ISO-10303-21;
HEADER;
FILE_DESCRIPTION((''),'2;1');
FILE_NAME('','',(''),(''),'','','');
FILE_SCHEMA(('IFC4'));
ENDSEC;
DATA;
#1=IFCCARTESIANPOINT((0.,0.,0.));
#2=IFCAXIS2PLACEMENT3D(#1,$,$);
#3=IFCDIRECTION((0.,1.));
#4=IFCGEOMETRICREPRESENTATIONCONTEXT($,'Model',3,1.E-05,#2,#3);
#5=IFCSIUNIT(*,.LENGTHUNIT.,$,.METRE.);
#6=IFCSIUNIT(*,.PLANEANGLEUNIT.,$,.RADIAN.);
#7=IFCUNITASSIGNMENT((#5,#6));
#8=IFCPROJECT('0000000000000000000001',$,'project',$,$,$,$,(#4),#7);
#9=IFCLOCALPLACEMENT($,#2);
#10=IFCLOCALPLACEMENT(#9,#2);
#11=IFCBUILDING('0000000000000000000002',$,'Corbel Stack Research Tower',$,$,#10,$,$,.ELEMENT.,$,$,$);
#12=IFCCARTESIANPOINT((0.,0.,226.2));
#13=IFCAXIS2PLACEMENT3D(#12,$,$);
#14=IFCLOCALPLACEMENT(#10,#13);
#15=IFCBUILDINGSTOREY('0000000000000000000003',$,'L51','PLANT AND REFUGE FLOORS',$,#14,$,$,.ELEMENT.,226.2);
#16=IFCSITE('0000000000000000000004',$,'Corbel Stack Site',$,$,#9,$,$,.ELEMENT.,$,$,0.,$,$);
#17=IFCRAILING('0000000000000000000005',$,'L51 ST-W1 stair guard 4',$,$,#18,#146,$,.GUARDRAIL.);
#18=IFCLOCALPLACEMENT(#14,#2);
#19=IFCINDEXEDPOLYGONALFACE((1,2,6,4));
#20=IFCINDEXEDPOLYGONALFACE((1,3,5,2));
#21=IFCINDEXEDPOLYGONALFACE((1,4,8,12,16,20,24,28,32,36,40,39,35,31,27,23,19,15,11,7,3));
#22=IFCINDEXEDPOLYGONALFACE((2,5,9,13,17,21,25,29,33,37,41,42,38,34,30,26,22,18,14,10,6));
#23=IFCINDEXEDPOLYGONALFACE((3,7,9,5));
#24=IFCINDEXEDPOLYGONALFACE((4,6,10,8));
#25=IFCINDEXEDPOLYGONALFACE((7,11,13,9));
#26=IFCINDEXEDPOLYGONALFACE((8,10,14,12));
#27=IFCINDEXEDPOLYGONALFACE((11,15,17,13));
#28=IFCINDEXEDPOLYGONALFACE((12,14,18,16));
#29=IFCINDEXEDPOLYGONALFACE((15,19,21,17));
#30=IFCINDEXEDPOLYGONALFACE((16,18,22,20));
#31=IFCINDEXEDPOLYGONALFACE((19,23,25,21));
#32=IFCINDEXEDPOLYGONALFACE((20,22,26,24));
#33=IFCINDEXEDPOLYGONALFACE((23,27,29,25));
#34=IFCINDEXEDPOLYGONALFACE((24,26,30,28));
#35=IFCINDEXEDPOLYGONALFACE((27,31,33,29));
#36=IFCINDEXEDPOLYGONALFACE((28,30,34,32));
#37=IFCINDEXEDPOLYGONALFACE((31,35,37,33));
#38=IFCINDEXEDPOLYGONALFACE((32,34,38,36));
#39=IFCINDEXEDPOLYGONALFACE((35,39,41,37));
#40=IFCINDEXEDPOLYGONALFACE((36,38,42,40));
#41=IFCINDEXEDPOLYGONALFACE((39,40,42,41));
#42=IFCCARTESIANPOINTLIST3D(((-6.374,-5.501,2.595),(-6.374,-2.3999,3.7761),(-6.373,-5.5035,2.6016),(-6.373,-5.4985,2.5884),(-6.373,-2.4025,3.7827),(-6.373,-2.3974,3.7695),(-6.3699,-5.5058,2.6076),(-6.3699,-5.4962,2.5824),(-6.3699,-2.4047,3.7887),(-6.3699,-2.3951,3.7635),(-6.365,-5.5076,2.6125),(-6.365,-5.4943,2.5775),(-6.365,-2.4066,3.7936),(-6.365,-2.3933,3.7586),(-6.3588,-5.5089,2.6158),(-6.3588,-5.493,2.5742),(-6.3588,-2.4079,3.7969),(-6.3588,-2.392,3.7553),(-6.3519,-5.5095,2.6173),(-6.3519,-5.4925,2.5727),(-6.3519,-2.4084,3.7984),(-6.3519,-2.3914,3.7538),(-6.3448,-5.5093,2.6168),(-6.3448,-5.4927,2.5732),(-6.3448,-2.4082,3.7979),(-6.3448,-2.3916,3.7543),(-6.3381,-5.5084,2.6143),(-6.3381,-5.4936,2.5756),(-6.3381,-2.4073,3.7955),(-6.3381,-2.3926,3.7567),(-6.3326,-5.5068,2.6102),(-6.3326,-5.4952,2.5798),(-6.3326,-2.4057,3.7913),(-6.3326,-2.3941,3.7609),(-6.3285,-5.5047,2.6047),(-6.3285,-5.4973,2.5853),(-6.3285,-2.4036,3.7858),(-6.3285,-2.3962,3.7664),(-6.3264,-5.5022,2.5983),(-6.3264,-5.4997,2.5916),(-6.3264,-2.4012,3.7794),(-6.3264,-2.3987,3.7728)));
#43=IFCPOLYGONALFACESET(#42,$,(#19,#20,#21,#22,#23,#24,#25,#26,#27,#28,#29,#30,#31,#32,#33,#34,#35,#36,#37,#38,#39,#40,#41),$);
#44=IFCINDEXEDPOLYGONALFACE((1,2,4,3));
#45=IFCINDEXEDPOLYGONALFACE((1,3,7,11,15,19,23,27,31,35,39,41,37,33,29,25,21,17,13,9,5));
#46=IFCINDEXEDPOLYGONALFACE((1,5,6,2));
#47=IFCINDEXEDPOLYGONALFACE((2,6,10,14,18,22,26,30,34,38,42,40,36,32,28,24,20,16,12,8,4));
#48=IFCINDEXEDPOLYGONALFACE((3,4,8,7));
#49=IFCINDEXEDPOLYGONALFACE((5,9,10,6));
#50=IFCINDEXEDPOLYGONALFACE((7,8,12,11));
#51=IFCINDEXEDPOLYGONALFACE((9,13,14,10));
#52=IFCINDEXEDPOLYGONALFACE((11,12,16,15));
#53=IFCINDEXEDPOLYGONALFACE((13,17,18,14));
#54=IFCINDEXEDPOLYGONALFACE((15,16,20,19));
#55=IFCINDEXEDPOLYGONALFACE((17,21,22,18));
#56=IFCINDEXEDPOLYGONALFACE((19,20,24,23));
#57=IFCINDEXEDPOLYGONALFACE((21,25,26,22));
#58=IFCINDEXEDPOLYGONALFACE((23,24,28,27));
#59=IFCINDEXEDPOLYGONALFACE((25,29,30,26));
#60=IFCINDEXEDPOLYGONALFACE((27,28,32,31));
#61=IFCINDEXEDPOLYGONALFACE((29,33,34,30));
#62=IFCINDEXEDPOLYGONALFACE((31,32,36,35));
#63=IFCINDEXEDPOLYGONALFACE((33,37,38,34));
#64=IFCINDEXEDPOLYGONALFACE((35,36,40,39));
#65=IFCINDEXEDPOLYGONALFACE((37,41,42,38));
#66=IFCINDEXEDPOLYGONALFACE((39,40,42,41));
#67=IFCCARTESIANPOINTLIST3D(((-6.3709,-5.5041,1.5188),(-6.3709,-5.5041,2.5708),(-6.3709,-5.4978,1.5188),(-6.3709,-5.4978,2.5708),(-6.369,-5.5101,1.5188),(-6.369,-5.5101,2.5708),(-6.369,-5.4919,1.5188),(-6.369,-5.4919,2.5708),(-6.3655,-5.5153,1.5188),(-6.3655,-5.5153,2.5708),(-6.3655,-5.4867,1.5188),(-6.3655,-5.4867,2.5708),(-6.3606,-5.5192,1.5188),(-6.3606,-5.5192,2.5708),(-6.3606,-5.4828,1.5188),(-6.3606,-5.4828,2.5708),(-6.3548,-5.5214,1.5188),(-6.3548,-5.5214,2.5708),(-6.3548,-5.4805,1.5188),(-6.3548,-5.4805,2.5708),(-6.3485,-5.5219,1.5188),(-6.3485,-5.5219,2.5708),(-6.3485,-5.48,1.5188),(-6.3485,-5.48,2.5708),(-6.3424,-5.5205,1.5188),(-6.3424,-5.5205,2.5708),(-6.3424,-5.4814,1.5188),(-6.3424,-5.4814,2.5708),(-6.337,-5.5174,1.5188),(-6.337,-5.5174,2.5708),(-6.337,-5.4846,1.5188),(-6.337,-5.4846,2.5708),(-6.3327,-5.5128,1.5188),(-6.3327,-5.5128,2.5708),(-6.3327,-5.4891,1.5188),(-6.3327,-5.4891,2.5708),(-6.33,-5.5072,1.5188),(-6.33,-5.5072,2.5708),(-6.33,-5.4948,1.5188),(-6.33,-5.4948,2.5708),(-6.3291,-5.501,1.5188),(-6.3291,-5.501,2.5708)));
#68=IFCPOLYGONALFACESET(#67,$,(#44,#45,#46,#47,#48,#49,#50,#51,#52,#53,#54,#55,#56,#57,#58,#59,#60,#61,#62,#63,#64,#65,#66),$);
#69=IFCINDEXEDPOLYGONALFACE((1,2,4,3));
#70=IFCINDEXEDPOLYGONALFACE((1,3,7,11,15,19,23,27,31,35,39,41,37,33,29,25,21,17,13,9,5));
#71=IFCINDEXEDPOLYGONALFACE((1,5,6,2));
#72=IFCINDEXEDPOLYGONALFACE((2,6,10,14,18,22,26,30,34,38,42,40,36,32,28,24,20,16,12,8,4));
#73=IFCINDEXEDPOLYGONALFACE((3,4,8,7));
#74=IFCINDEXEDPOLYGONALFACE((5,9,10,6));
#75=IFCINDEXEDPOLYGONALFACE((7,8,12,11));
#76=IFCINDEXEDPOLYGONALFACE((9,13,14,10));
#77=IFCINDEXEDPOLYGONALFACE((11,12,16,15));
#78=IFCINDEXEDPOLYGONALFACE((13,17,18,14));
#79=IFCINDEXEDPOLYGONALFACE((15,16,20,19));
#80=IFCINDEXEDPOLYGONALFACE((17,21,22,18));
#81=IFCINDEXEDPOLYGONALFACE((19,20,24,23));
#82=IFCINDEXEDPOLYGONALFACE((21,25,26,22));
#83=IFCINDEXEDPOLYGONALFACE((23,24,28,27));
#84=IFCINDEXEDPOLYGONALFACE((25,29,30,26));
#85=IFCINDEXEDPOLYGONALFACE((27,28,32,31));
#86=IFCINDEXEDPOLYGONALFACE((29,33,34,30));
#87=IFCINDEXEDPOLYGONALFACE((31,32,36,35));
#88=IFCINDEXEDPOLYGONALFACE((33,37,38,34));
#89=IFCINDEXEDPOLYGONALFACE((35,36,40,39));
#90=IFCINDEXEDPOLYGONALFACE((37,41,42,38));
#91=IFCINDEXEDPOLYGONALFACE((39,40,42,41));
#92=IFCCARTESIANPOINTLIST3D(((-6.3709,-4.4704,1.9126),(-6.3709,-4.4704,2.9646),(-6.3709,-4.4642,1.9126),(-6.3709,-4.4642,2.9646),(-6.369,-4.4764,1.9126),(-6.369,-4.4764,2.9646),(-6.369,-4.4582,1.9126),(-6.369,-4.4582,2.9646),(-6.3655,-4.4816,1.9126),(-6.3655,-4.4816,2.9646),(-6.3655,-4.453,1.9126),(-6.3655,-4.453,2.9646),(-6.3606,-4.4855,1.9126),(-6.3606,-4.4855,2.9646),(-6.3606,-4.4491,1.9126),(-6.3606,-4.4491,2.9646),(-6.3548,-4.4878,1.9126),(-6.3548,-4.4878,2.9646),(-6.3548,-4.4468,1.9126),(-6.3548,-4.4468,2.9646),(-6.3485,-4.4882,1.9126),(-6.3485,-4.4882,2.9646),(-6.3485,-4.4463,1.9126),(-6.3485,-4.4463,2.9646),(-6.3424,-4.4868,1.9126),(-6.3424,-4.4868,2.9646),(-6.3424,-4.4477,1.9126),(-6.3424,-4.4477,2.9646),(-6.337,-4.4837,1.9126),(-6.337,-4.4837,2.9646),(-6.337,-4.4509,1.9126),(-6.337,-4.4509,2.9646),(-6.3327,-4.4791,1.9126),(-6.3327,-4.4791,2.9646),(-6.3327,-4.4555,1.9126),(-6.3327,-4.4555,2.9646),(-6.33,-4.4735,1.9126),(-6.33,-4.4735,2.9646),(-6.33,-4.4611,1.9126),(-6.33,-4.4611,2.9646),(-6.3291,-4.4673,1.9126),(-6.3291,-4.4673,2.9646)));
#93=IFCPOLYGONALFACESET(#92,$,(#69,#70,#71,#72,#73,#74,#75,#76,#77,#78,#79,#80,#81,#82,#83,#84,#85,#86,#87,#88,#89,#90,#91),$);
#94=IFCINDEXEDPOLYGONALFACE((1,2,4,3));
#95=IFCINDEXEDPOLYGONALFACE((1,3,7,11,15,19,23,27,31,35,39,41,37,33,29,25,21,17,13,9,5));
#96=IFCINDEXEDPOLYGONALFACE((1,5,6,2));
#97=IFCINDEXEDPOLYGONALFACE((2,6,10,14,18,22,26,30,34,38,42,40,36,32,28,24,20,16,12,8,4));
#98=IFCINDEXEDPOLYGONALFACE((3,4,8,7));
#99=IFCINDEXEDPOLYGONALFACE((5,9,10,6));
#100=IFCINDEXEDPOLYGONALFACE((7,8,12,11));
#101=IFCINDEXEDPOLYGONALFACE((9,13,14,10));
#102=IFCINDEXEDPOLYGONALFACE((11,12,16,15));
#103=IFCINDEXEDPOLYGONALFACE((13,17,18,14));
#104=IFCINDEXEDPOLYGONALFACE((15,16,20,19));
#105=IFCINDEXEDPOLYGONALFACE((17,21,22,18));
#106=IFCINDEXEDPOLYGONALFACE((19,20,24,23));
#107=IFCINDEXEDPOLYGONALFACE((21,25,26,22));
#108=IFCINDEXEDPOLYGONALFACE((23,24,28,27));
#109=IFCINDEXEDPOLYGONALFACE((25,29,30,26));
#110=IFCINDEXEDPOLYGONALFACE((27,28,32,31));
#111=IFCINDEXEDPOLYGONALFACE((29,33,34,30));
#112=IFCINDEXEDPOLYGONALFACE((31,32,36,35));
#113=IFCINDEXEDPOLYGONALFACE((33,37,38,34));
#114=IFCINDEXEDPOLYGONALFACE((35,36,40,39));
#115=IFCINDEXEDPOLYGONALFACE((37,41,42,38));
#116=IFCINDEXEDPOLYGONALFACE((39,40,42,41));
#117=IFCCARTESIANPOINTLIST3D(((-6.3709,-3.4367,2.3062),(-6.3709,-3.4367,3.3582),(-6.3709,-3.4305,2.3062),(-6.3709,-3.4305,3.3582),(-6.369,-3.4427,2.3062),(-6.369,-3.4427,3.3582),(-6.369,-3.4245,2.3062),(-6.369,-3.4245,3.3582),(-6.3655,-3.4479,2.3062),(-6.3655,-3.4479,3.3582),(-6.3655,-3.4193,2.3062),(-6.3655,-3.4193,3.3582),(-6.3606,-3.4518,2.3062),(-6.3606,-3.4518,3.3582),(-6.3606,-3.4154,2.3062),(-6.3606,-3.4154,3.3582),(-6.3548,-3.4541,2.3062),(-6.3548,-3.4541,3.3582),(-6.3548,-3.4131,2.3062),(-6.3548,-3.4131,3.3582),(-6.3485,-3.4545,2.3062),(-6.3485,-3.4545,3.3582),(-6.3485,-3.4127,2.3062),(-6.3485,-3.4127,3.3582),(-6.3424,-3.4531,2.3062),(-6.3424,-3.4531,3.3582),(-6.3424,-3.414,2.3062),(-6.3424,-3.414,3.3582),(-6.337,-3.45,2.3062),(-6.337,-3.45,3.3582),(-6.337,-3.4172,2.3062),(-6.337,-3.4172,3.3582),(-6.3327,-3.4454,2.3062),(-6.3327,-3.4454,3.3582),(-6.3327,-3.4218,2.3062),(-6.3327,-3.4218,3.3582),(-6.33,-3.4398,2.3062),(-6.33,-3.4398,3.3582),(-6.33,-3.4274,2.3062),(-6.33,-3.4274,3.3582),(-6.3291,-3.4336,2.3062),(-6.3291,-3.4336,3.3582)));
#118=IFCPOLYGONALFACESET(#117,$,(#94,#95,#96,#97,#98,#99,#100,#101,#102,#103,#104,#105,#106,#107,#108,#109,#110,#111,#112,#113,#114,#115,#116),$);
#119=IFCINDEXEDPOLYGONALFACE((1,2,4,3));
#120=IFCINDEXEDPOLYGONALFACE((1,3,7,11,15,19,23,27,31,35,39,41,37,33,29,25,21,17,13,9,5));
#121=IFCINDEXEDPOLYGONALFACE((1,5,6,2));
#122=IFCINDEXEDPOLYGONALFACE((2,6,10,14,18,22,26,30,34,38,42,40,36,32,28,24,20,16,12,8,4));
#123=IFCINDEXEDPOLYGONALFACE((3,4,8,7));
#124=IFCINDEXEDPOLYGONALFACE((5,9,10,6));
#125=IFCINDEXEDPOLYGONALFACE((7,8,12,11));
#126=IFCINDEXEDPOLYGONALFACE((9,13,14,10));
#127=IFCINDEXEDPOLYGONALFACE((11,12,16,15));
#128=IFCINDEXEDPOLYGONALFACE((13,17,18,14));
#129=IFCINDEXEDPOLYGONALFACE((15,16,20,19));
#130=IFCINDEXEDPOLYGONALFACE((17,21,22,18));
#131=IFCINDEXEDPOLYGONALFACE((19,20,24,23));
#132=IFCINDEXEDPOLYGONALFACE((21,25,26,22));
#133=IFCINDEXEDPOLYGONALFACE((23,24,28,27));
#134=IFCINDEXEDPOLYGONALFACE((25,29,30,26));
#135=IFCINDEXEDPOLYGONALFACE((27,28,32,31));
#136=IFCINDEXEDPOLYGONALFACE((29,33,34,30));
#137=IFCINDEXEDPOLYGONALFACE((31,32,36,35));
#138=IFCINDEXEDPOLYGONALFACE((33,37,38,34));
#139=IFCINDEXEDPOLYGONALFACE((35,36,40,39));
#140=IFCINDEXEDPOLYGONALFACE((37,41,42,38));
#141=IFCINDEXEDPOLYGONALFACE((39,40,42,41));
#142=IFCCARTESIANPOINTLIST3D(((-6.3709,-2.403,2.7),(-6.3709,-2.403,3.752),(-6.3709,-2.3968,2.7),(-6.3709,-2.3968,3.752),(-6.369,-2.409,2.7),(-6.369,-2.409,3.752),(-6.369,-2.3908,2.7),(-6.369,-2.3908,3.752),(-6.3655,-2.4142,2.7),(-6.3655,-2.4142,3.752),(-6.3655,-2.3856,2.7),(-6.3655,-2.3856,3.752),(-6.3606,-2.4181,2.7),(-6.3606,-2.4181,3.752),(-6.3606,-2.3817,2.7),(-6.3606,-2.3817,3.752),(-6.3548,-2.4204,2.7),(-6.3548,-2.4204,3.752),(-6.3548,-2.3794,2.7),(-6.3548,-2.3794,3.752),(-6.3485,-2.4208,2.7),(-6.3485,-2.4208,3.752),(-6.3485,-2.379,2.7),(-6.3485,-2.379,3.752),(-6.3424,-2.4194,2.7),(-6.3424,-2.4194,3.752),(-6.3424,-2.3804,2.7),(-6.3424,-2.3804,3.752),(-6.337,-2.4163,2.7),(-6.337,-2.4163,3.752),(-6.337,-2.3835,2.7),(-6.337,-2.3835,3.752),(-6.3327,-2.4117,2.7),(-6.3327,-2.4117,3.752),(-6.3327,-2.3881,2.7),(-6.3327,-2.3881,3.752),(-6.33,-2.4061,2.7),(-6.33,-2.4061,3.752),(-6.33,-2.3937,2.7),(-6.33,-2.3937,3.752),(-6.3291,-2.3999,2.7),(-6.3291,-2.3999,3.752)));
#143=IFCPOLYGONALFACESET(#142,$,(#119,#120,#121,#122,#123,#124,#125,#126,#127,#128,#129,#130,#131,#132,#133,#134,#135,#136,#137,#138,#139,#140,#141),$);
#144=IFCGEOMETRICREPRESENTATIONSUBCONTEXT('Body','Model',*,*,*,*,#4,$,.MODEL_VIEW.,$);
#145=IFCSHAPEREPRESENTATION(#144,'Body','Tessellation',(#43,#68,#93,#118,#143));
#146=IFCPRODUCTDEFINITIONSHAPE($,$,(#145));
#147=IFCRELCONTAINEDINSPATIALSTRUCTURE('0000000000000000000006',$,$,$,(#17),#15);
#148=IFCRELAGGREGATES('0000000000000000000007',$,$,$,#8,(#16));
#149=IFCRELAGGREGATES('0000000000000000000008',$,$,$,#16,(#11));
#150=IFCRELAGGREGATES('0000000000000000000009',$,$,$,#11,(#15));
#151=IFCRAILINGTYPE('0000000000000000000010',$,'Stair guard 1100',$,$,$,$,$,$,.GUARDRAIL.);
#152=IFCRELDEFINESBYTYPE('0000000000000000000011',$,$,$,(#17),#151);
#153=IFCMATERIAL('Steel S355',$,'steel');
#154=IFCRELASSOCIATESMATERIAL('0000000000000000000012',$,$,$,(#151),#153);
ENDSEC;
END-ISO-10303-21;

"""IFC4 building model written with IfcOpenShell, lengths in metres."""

from ifc_helpers import new_model, si_unit, direction, frame, origin, origin_2d, place, context, subcontext, project, spatial, circle, extrude, material, type_object, element, save


model = new_model("IFC4")

# Units and contexts
model_context = context("Model", 3, precision=1e-05, world=origin(), true_north=direction((0.0, 1.0)))
body_context = subcontext(model_context, "Body", "Model", "MODEL_VIEW")
ifc_project = project(units=[si_unit("LENGTHUNIT", "METRE"), si_unit("PLANEANGLEUNIT", "RADIAN")], contexts=[model_context])

# Site, building, storey
site_placement = place(None, origin())
site = spatial("IfcSite", under=ifc_project, at=site_placement, Name="Corbel Stack Site", CompositionType="ELEMENT", RefElevation=0.0)
building_placement = place(site_placement, origin())
building = spatial("IfcBuilding", under=site, at=building_placement, Name="Corbel Stack Research Tower", CompositionType="ELEMENT")
storey_placement = place(building_placement, frame((0.0, 0.0, 226.2)))
storey = spatial("IfcBuildingStorey", under=building, at=storey_placement, Name="L51", Description="PLANT AND REFUGE FLOORS", CompositionType="ELEMENT", Elevation=226.2)

# Railing
ifc_material_1 = material(Name="Steel S355", Category="steel")
railing_type_1 = type_object("IfcRailingType", Name="Stair guard 1100", PredefinedType="GUARDRAIL", material=ifc_material_1)
railing_1_placement = place(storey_placement, frame((-6.3501, -5.501, 1.5188)))
element("IfcRailing", 1, at=railing_1_placement, inside=storey, type_object=railing_type_1, Name="L51 ST-W1 stair guard 4", PredefinedType="GUARDRAIL", context=body_context, shape_type="SweptSolid", body=[
    extrude(circle(Radius=0.0239, at=origin_2d()), frame((0.0, 0.0, 1.0762), z_axis=(0.0, 0.934509, 0.35594), x_axis=(-1.0, 0.0, 0.0)), (0.0, 0.0, 1.0), 3.3184),
    extrude(circle(Radius=0.021, at=origin_2d()), origin(), (0.0, 0.0, 1.0), 1.052),
    extrude(circle(Radius=0.021, at=origin_2d()), frame((0.0, 1.0337, 0.3938)), (0.0, 0.0, 1.0), 1.052),
    extrude(circle(Radius=0.021, at=origin_2d()), frame((0.0, 2.0674, 0.7874)), (0.0, 0.0, 1.0), 1.052),
    extrude(circle(Radius=0.021, at=origin_2d()), frame((0.0, 3.1011, 1.1812)), (0.0, 0.0, 1.0), 1.052),
])

save(model, "model.ifc")
